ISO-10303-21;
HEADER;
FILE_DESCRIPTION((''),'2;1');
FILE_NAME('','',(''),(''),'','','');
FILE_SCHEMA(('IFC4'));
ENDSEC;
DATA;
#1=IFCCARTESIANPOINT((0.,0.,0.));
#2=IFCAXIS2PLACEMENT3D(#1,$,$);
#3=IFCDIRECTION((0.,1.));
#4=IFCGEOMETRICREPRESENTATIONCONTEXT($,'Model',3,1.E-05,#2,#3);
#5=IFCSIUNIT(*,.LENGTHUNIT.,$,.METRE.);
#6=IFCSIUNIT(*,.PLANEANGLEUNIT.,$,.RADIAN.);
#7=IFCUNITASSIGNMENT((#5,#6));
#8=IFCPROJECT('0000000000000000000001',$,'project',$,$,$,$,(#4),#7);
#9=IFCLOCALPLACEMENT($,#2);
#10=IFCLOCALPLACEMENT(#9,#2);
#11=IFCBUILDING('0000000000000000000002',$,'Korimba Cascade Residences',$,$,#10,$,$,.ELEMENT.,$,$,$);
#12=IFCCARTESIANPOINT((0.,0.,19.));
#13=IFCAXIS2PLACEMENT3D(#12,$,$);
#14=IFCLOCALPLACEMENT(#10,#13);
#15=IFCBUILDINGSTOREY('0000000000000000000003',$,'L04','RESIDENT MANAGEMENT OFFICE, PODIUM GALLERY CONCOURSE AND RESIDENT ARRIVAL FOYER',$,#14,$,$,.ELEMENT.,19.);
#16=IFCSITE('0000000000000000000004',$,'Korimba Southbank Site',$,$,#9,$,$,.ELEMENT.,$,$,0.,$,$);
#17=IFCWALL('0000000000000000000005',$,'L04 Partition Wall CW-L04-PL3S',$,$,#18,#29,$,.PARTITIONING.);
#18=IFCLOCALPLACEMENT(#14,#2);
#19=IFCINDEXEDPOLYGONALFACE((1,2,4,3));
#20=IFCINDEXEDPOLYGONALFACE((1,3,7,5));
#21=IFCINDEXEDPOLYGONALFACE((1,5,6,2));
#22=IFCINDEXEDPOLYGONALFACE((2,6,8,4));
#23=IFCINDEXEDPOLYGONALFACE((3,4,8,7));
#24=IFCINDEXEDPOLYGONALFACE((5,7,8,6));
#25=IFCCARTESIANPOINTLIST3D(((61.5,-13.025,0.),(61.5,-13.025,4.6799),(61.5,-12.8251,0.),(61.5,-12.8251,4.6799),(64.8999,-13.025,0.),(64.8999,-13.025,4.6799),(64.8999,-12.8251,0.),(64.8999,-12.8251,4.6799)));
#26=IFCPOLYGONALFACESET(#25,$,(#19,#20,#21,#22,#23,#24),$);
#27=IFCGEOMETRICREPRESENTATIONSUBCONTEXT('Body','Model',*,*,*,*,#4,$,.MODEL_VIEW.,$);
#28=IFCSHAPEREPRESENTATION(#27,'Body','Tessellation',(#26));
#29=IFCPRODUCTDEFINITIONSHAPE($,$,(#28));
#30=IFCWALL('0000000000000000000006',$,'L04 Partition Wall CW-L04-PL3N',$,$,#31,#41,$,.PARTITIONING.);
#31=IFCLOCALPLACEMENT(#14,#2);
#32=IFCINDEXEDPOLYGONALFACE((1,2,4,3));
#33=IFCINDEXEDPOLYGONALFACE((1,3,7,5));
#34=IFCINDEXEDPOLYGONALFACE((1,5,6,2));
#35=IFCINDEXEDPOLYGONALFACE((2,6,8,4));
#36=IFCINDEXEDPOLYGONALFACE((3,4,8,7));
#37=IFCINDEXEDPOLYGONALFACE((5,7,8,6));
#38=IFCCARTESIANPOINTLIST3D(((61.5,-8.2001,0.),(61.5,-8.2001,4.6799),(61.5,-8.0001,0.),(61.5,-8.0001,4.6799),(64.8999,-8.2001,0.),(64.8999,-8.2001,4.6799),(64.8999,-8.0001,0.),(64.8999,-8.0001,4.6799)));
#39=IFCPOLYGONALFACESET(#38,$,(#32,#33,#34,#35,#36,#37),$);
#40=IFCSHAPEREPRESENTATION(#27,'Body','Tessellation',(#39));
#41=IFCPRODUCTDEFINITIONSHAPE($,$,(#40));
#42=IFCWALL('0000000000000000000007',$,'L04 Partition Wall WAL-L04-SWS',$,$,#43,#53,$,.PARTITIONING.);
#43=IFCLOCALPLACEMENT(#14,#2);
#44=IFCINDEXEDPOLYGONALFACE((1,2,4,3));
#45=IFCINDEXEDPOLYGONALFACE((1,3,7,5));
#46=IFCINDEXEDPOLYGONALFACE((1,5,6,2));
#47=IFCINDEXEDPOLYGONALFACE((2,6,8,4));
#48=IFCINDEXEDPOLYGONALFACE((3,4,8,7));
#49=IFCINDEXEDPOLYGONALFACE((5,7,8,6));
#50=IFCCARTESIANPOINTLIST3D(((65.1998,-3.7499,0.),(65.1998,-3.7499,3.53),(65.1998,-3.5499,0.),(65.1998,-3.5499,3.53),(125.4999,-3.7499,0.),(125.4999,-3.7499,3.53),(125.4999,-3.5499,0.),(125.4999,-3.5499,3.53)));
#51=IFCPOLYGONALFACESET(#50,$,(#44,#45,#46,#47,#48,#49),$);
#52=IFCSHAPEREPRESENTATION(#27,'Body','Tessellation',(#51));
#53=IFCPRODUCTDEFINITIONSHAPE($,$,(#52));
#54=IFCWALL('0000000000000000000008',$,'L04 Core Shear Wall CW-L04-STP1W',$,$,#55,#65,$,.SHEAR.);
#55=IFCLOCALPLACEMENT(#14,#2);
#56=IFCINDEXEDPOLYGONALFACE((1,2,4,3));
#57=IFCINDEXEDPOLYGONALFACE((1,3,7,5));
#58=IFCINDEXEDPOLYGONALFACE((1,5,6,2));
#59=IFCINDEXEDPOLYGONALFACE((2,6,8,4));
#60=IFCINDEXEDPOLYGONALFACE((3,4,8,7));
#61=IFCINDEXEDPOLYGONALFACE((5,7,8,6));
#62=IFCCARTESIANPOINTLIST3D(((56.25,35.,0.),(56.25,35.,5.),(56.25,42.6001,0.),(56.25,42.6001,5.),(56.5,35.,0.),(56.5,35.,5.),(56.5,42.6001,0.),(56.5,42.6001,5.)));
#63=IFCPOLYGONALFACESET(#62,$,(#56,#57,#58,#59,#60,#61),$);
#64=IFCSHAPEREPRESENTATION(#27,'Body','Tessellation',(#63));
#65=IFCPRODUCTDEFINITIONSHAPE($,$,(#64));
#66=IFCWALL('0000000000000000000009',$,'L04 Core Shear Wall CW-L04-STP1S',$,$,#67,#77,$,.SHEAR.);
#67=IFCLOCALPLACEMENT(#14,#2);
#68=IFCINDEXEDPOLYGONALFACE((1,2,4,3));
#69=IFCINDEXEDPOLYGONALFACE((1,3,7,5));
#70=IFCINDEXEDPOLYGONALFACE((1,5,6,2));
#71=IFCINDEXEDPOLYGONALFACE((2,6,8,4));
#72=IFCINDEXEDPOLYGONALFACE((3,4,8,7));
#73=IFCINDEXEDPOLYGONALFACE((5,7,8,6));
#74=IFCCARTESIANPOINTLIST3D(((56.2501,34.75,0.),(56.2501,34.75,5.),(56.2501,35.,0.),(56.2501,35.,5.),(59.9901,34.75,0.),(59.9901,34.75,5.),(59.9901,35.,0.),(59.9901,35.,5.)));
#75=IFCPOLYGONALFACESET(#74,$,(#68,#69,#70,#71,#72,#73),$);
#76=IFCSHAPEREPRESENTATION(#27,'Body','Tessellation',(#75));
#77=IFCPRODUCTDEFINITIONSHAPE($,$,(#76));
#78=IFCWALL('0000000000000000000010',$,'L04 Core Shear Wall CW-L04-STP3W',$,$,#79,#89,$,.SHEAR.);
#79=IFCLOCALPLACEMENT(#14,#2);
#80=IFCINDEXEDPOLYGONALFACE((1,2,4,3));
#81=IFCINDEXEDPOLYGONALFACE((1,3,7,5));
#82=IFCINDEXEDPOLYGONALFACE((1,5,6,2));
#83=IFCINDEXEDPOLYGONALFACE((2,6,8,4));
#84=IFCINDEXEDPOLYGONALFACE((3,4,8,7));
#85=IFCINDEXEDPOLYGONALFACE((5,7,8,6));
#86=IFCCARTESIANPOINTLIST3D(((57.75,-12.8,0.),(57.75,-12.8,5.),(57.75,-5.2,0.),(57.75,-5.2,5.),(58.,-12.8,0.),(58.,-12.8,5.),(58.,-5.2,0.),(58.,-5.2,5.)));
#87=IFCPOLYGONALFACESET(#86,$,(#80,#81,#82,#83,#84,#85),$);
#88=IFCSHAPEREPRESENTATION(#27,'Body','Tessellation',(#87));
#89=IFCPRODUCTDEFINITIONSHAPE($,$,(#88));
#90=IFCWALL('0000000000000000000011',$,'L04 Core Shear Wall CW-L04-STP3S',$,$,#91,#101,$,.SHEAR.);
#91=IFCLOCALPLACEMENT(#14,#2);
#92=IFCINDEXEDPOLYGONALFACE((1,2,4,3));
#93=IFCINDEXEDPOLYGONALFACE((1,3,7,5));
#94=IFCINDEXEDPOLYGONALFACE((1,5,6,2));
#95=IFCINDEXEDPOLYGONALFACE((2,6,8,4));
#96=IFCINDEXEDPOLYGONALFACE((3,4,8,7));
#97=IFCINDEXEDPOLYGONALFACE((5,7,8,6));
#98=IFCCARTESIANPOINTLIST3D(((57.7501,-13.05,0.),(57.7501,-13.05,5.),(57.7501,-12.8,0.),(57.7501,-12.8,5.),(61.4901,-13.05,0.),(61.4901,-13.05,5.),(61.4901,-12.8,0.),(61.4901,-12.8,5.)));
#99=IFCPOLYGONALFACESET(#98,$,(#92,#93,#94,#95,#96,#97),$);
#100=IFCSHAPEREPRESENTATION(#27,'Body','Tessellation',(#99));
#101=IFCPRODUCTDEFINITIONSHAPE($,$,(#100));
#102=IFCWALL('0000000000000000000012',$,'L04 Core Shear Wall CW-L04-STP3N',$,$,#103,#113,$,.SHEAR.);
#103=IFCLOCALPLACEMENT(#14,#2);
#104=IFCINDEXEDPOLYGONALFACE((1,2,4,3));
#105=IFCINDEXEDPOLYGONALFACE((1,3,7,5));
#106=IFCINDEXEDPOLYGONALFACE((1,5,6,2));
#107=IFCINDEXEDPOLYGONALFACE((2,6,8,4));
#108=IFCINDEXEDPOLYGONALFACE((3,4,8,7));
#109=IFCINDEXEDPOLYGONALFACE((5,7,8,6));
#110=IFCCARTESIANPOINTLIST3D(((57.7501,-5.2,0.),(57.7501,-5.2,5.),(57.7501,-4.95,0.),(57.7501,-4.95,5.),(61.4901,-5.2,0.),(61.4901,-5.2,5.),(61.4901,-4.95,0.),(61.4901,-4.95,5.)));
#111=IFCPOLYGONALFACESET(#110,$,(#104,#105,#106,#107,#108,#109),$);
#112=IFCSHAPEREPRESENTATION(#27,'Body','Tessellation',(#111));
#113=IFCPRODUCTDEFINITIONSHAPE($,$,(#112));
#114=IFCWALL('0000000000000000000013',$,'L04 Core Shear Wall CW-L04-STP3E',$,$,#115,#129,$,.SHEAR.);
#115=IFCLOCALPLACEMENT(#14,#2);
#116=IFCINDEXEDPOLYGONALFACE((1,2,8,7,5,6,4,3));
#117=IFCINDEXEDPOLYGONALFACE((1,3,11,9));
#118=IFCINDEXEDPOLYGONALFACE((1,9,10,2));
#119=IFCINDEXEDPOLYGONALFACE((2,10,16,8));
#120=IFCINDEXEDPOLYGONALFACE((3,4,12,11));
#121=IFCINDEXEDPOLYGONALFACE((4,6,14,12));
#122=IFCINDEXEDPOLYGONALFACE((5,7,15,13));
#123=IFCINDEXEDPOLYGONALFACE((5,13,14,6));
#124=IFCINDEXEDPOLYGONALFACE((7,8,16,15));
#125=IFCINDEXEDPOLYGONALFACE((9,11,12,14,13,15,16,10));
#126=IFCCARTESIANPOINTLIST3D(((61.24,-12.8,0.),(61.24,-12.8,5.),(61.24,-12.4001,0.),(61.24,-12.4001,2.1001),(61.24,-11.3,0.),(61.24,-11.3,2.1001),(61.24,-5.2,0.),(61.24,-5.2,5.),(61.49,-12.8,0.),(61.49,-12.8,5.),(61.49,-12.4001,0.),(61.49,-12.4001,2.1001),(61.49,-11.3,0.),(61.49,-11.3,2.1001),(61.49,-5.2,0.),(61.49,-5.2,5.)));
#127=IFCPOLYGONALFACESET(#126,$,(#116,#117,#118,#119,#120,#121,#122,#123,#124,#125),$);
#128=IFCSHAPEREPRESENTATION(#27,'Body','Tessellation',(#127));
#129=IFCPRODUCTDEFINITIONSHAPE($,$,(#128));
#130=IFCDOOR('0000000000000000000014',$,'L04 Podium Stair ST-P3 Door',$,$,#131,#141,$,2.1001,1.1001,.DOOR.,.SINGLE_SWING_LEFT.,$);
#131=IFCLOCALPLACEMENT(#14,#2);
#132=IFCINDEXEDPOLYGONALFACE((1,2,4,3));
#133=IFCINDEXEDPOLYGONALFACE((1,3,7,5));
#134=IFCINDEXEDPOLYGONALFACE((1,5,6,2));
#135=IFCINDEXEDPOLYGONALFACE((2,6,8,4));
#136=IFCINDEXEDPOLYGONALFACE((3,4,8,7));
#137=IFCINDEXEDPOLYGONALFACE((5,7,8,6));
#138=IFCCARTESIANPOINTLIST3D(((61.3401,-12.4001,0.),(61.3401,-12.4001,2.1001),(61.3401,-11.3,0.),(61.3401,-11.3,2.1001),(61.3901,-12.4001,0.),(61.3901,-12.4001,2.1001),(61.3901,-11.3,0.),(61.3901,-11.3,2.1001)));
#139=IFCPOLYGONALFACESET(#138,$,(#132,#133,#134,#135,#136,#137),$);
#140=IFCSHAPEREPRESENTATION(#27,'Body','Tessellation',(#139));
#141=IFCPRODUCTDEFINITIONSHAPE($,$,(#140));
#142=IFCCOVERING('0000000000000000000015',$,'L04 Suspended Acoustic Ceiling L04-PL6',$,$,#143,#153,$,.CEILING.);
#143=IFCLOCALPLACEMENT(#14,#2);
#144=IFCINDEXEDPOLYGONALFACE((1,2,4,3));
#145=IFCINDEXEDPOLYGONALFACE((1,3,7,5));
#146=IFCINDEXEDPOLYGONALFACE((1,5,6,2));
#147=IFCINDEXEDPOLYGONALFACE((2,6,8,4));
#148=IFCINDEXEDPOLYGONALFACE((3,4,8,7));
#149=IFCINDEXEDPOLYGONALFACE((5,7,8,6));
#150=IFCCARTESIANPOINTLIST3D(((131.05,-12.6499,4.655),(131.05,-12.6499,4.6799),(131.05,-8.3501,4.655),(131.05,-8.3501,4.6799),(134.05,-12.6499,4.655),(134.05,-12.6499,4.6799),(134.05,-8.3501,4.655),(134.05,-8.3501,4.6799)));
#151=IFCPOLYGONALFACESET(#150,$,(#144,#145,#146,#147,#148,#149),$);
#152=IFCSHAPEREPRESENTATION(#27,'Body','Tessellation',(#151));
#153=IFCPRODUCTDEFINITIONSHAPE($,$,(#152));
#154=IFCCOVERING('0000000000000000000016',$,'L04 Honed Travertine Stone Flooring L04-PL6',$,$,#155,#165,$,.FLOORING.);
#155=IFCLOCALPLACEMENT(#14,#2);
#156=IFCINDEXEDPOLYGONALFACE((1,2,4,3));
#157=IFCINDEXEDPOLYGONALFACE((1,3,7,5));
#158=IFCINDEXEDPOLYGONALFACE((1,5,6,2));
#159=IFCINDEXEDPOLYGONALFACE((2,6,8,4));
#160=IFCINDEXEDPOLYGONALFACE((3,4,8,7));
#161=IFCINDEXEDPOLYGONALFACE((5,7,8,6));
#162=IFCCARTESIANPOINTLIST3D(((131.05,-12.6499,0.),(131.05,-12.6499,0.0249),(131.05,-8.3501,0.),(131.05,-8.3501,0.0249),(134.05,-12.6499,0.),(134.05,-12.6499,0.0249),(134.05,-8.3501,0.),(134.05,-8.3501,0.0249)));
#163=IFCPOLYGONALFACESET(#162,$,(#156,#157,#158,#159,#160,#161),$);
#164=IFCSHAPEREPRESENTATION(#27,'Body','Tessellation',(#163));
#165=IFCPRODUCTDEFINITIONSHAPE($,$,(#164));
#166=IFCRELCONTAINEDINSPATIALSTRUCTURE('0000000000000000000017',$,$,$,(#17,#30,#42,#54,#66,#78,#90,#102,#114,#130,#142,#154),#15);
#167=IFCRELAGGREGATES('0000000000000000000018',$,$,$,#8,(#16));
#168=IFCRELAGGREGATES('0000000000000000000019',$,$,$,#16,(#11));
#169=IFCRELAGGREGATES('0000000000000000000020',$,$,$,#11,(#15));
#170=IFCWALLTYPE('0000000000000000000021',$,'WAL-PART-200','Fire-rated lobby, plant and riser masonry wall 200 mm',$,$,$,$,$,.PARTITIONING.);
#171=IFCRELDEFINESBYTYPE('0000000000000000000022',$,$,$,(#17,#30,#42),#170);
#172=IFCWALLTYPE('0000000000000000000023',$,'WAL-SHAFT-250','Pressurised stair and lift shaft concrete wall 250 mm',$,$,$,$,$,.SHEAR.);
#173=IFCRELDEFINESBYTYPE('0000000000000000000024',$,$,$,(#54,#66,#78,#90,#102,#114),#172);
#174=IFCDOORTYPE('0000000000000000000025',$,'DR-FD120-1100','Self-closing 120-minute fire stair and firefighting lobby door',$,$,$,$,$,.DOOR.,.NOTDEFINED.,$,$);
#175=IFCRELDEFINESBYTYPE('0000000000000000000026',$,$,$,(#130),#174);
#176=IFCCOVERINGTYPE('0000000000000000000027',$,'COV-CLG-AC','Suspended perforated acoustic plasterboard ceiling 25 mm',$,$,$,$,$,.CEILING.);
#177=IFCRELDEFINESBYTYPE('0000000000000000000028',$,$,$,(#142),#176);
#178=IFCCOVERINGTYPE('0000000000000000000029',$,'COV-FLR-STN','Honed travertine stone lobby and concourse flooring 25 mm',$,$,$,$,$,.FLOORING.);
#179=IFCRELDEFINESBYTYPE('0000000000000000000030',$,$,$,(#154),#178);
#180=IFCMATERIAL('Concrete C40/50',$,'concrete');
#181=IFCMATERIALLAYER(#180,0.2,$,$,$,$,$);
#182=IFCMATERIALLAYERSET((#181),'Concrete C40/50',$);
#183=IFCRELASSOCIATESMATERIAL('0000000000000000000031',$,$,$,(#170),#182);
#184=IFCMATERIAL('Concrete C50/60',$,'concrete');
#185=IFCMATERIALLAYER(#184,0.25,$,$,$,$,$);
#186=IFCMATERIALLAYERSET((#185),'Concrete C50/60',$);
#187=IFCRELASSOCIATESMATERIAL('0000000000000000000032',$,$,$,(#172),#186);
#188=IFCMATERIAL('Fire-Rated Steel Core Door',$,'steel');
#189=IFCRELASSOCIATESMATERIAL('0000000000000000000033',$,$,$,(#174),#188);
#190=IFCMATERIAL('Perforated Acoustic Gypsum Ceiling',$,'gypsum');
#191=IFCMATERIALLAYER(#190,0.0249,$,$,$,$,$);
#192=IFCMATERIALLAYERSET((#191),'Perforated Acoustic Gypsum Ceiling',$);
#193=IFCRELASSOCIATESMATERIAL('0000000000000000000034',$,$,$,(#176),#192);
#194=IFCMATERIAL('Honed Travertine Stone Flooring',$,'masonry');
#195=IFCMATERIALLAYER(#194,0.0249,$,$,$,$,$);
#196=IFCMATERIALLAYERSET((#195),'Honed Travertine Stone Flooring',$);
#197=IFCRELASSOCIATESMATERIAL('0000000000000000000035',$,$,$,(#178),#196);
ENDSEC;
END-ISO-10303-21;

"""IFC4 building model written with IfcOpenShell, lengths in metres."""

from ifc_helpers import new_model, si_unit, direction, frame, frame_2d, origin, place, context, subcontext, project, spatial, polyline, rectangle, outline, extrude, material, layer, layer_set, type_object, element, fill, save


model = new_model("IFC4")

# Units and contexts
model_context = context("Model", 3, precision=1e-05, world=origin(), true_north=direction((0.0, 1.0)))
body_context = subcontext(model_context, "Body", "Model", "MODEL_VIEW")
ifc_project = project(units=[si_unit("LENGTHUNIT", "METRE"), si_unit("PLANEANGLEUNIT", "RADIAN")], contexts=[model_context])

# Site, building, storey
site_placement = place(None, origin())
site = spatial("IfcSite", under=ifc_project, at=site_placement, Name="Korimba Southbank Site", CompositionType="ELEMENT", RefElevation=0.0)
building_placement = place(site_placement, origin())
building = spatial("IfcBuilding", under=site, at=building_placement, Name="Korimba Cascade Residences", CompositionType="ELEMENT")
storey_placement = place(building_placement, frame((0.0, 0.0, 19.0)))
storey = spatial("IfcBuildingStorey", under=building, at=storey_placement, Name="L04", Description="RESIDENT MANAGEMENT OFFICE, PODIUM GALLERY CONCOURSE AND RESIDENT ARRIVAL FOYER", CompositionType="ELEMENT", Elevation=19.0)

# Shared definitions
ifc_material_1 = material(Name="Concrete C40/50", Category="concrete")
ifc_layer_1 = layer(ifc_material_1, 0.2)
ifc_layer_set_1 = layer_set([ifc_layer_1], Name="Concrete C40/50")
wall_type_1 = type_object("IfcWallType", Name="WAL-PART-200", Description="Fire-rated lobby, plant and riser masonry wall 200 mm", PredefinedType="PARTITIONING", material=ifc_layer_set_1)

# Walls
for number, where, z_axis, x_axis, name in (
    (1, (61.5, -12.925, 0.0), (0.0, 0.0, 1.0), (1.0, 0.0, 0.0), "L04 Partition Wall CW-L04-PL3S"),
    (2, (61.5, -8.1001, 0.0), (0.0, 0.0, 1.0), (1.0, 0.0, 0.0), "L04 Partition Wall CW-L04-PL3N"),
):
    element("IfcWall", number, at=place(storey_placement, frame(where, z_axis=z_axis, x_axis=x_axis)), inside=storey, type_object=wall_type_1, Name=name, PredefinedType="PARTITIONING", context=body_context, shape_type="SweptSolid", body=[
        extrude(rectangle(XDim=3.3999, YDim=0.2, at=frame_2d((1.7, 0.0))), origin(), (0.0, 0.0, 1.0), 4.6799),
    ])
wall_1_placement = place(storey_placement, frame((65.2, -3.6499, 0.0), z_axis=(0.0, 0.0, 1.0), x_axis=(1.0, 0.0, 0.0)))
element("IfcWall", 3, at=wall_1_placement, inside=storey, type_object=wall_type_1, Name="L04 Partition Wall WAL-L04-SWS", PredefinedType="PARTITIONING", context=body_context, shape_type="SweptSolid", body=[
    extrude(rectangle(XDim=60.3, YDim=0.2, at=frame_2d((30.1499, 0.0))), origin(), (0.0, 0.0, 1.0), 3.53),
])
ifc_material_2 = material(Name="Concrete C50/60", Category="concrete")
ifc_layer_2 = layer(ifc_material_2, 0.25)
ifc_layer_set_2 = layer_set([ifc_layer_2], Name="Concrete C50/60")
wall_type_2 = type_object("IfcWallType", Name="WAL-SHAFT-250", Description="Pressurised stair and lift shaft concrete wall 250 mm", PredefinedType="SHEAR", material=ifc_layer_set_2)
wall_2_placement = place(storey_placement, frame((56.375, 35.0, 0.0), z_axis=(0.0, 0.0, 1.0), x_axis=(0.0, 1.0, 0.0)))
element("IfcWall", 4, at=wall_2_placement, inside=storey, type_object=wall_type_2, Name="L04 Core Shear Wall CW-L04-STP1W", PredefinedType="SHEAR", context=body_context, shape_type="SweptSolid", body=[
    extrude(rectangle(XDim=7.6001, YDim=0.25, at=frame_2d((3.8, 0.0))), origin(), (0.0, 0.0, 1.0), 5.0),
])
wall_3_placement = place(storey_placement, frame((56.25, 34.875, 0.0), z_axis=(0.0, 0.0, 1.0), x_axis=(1.0, 0.0, 0.0)))
element("IfcWall", 5, at=wall_3_placement, inside=storey, type_object=wall_type_2, Name="L04 Core Shear Wall CW-L04-STP1S", PredefinedType="SHEAR", context=body_context, shape_type="SweptSolid", body=[
    extrude(rectangle(XDim=3.74, YDim=0.25, at=frame_2d((1.8701, 0.0))), origin(), (0.0, 0.0, 1.0), 5.0),
])
wall_4_placement = place(storey_placement, frame((57.875, -12.8, 0.0), z_axis=(0.0, 0.0, 1.0), x_axis=(0.0, 1.0, 0.0)))
element("IfcWall", 6, at=wall_4_placement, inside=storey, type_object=wall_type_2, Name="L04 Core Shear Wall CW-L04-STP3W", PredefinedType="SHEAR", context=body_context, shape_type="SweptSolid", body=[
    extrude(rectangle(XDim=7.6001, YDim=0.25, at=frame_2d((3.8, 0.0))), origin(), (0.0, 0.0, 1.0), 5.0),
])
for number, where, z_axis, x_axis, name in (
    (7, (57.75, -12.925, 0.0), (0.0, 0.0, 1.0), (1.0, 0.0, 0.0), "L04 Core Shear Wall CW-L04-STP3S"),
    (8, (57.75, -5.075, 0.0), (0.0, 0.0, 1.0), (1.0, 0.0, 0.0), "L04 Core Shear Wall CW-L04-STP3N"),
):
    element("IfcWall", number, at=place(storey_placement, frame(where, z_axis=z_axis, x_axis=x_axis)), inside=storey, type_object=wall_type_2, Name=name, PredefinedType="SHEAR", context=body_context, shape_type="SweptSolid", body=[
        extrude(rectangle(XDim=3.74, YDim=0.25, at=frame_2d((1.8701, 0.0))), origin(), (0.0, 0.0, 1.0), 5.0),
    ])

# Wall, opening, door
wall_5_placement = place(storey_placement, frame((61.365, -12.8, 0.0), z_axis=(0.0, 0.0, 1.0), x_axis=(0.0, 1.0, 0.0)))
wall_5 = element("IfcWall", 9, at=wall_5_placement, inside=storey, type_object=wall_type_2, Name="L04 Core Shear Wall CW-L04-STP3E", PredefinedType="SHEAR", context=body_context, shape_type="SweptSolid", body=[
    extrude(rectangle(XDim=7.6001, YDim=0.25, at=frame_2d((3.8, 0.0))), origin(), (0.0, 0.0, 1.0), 5.0),
])
opening_1_placement = place(wall_5_placement, frame((0.3999, 0.0, 0.0)))
opening_1 = element("IfcOpeningElement", 10, at=opening_1_placement, cuts=wall_5, PredefinedType="OPENING", context=body_context, shape_type="SweptSolid", body=[
    extrude(rectangle(XDim=1.1001, YDim=2.1001, at=frame_2d((0.55, 1.05))), frame((0.0, 0.135, 0.0), z_axis=(0.0, -1.0, 0.0), x_axis=(1.0, 0.0, 0.0)), (0.0, 0.0, 1.0), 0.27),
])
ifc_material_3 = material(Name="Fire-Rated Steel Core Door", Category="steel")
door_type_1 = type_object("IfcDoorType", Name="DR-FD120-1100", Description="Self-closing 120-minute fire stair and firefighting lobby door", OperationType="NOTDEFINED", PredefinedType="DOOR", material=ifc_material_3)
door_1_placement = place(opening_1_placement, origin())
door_1 = element("IfcDoor", 11, at=door_1_placement, inside=storey, type_object=door_type_1, Name="L04 Podium Stair ST-P3 Door", OperationType="SINGLE_SWING_LEFT", OverallHeight=2.1001, OverallWidth=1.1001, PredefinedType="DOOR", context=body_context, shape_type="SweptSolid", body=[
    extrude(rectangle(XDim=1.1001, YDim=2.1001, at=frame_2d((0.55, 1.05))), frame((0.0, 0.0249, 0.0), z_axis=(0.0, -1.0, 0.0), x_axis=(1.0, 0.0, 0.0)), (0.0, 0.0, 1.0), 0.05),
])
fill(opening_1, door_1)

# Coverings
ifc_material_4 = material(Name="Perforated Acoustic Gypsum Ceiling", Category="gypsum")
ifc_layer_3 = layer(ifc_material_4, 0.0249)
ifc_layer_set_3 = layer_set([ifc_layer_3], Name="Perforated Acoustic Gypsum Ceiling")
covering_type_1 = type_object("IfcCoveringType", Name="COV-CLG-AC", Description="Suspended perforated acoustic plasterboard ceiling 25 mm", PredefinedType="CEILING", material=ifc_layer_set_3)
covering_1_placement = place(storey_placement, frame((0.0, 0.0, 4.655)))
element("IfcCovering", 12, at=covering_1_placement, inside=storey, type_object=covering_type_1, Name="L04 Suspended Acoustic Ceiling L04-PL6", PredefinedType="CEILING", context=body_context, shape_type="SweptSolid", body=[
    extrude(outline(polyline([(131.05, -12.6499), (134.05, -12.6499), (134.05, -8.3501), (131.05, -8.3501), (131.05, -12.6499)])), origin(), (0.0, 0.0, 1.0), 0.0249),
])
ifc_material_5 = material(Name="Honed Travertine Stone Flooring", Category="masonry")
ifc_layer_4 = layer(ifc_material_5, 0.0249)
ifc_layer_set_4 = layer_set([ifc_layer_4], Name="Honed Travertine Stone Flooring")
covering_type_2 = type_object("IfcCoveringType", Name="COV-FLR-STN", Description="Honed travertine stone lobby and concourse flooring 25 mm", PredefinedType="FLOORING", material=ifc_layer_set_4)
covering_2_placement = place(storey_placement, origin())
element("IfcCovering", 13, at=covering_2_placement, inside=storey, type_object=covering_type_2, Name="L04 Honed Travertine Stone Flooring L04-PL6", PredefinedType="FLOORING", context=body_context, shape_type="SweptSolid", body=[
    extrude(outline(polyline([(131.05, -12.6499), (134.05, -12.6499), (134.05, -8.3501), (131.05, -8.3501), (131.05, -12.6499)])), origin(), (0.0, 0.0, 1.0), 0.0249),
])

save(model, "model.ifc")
